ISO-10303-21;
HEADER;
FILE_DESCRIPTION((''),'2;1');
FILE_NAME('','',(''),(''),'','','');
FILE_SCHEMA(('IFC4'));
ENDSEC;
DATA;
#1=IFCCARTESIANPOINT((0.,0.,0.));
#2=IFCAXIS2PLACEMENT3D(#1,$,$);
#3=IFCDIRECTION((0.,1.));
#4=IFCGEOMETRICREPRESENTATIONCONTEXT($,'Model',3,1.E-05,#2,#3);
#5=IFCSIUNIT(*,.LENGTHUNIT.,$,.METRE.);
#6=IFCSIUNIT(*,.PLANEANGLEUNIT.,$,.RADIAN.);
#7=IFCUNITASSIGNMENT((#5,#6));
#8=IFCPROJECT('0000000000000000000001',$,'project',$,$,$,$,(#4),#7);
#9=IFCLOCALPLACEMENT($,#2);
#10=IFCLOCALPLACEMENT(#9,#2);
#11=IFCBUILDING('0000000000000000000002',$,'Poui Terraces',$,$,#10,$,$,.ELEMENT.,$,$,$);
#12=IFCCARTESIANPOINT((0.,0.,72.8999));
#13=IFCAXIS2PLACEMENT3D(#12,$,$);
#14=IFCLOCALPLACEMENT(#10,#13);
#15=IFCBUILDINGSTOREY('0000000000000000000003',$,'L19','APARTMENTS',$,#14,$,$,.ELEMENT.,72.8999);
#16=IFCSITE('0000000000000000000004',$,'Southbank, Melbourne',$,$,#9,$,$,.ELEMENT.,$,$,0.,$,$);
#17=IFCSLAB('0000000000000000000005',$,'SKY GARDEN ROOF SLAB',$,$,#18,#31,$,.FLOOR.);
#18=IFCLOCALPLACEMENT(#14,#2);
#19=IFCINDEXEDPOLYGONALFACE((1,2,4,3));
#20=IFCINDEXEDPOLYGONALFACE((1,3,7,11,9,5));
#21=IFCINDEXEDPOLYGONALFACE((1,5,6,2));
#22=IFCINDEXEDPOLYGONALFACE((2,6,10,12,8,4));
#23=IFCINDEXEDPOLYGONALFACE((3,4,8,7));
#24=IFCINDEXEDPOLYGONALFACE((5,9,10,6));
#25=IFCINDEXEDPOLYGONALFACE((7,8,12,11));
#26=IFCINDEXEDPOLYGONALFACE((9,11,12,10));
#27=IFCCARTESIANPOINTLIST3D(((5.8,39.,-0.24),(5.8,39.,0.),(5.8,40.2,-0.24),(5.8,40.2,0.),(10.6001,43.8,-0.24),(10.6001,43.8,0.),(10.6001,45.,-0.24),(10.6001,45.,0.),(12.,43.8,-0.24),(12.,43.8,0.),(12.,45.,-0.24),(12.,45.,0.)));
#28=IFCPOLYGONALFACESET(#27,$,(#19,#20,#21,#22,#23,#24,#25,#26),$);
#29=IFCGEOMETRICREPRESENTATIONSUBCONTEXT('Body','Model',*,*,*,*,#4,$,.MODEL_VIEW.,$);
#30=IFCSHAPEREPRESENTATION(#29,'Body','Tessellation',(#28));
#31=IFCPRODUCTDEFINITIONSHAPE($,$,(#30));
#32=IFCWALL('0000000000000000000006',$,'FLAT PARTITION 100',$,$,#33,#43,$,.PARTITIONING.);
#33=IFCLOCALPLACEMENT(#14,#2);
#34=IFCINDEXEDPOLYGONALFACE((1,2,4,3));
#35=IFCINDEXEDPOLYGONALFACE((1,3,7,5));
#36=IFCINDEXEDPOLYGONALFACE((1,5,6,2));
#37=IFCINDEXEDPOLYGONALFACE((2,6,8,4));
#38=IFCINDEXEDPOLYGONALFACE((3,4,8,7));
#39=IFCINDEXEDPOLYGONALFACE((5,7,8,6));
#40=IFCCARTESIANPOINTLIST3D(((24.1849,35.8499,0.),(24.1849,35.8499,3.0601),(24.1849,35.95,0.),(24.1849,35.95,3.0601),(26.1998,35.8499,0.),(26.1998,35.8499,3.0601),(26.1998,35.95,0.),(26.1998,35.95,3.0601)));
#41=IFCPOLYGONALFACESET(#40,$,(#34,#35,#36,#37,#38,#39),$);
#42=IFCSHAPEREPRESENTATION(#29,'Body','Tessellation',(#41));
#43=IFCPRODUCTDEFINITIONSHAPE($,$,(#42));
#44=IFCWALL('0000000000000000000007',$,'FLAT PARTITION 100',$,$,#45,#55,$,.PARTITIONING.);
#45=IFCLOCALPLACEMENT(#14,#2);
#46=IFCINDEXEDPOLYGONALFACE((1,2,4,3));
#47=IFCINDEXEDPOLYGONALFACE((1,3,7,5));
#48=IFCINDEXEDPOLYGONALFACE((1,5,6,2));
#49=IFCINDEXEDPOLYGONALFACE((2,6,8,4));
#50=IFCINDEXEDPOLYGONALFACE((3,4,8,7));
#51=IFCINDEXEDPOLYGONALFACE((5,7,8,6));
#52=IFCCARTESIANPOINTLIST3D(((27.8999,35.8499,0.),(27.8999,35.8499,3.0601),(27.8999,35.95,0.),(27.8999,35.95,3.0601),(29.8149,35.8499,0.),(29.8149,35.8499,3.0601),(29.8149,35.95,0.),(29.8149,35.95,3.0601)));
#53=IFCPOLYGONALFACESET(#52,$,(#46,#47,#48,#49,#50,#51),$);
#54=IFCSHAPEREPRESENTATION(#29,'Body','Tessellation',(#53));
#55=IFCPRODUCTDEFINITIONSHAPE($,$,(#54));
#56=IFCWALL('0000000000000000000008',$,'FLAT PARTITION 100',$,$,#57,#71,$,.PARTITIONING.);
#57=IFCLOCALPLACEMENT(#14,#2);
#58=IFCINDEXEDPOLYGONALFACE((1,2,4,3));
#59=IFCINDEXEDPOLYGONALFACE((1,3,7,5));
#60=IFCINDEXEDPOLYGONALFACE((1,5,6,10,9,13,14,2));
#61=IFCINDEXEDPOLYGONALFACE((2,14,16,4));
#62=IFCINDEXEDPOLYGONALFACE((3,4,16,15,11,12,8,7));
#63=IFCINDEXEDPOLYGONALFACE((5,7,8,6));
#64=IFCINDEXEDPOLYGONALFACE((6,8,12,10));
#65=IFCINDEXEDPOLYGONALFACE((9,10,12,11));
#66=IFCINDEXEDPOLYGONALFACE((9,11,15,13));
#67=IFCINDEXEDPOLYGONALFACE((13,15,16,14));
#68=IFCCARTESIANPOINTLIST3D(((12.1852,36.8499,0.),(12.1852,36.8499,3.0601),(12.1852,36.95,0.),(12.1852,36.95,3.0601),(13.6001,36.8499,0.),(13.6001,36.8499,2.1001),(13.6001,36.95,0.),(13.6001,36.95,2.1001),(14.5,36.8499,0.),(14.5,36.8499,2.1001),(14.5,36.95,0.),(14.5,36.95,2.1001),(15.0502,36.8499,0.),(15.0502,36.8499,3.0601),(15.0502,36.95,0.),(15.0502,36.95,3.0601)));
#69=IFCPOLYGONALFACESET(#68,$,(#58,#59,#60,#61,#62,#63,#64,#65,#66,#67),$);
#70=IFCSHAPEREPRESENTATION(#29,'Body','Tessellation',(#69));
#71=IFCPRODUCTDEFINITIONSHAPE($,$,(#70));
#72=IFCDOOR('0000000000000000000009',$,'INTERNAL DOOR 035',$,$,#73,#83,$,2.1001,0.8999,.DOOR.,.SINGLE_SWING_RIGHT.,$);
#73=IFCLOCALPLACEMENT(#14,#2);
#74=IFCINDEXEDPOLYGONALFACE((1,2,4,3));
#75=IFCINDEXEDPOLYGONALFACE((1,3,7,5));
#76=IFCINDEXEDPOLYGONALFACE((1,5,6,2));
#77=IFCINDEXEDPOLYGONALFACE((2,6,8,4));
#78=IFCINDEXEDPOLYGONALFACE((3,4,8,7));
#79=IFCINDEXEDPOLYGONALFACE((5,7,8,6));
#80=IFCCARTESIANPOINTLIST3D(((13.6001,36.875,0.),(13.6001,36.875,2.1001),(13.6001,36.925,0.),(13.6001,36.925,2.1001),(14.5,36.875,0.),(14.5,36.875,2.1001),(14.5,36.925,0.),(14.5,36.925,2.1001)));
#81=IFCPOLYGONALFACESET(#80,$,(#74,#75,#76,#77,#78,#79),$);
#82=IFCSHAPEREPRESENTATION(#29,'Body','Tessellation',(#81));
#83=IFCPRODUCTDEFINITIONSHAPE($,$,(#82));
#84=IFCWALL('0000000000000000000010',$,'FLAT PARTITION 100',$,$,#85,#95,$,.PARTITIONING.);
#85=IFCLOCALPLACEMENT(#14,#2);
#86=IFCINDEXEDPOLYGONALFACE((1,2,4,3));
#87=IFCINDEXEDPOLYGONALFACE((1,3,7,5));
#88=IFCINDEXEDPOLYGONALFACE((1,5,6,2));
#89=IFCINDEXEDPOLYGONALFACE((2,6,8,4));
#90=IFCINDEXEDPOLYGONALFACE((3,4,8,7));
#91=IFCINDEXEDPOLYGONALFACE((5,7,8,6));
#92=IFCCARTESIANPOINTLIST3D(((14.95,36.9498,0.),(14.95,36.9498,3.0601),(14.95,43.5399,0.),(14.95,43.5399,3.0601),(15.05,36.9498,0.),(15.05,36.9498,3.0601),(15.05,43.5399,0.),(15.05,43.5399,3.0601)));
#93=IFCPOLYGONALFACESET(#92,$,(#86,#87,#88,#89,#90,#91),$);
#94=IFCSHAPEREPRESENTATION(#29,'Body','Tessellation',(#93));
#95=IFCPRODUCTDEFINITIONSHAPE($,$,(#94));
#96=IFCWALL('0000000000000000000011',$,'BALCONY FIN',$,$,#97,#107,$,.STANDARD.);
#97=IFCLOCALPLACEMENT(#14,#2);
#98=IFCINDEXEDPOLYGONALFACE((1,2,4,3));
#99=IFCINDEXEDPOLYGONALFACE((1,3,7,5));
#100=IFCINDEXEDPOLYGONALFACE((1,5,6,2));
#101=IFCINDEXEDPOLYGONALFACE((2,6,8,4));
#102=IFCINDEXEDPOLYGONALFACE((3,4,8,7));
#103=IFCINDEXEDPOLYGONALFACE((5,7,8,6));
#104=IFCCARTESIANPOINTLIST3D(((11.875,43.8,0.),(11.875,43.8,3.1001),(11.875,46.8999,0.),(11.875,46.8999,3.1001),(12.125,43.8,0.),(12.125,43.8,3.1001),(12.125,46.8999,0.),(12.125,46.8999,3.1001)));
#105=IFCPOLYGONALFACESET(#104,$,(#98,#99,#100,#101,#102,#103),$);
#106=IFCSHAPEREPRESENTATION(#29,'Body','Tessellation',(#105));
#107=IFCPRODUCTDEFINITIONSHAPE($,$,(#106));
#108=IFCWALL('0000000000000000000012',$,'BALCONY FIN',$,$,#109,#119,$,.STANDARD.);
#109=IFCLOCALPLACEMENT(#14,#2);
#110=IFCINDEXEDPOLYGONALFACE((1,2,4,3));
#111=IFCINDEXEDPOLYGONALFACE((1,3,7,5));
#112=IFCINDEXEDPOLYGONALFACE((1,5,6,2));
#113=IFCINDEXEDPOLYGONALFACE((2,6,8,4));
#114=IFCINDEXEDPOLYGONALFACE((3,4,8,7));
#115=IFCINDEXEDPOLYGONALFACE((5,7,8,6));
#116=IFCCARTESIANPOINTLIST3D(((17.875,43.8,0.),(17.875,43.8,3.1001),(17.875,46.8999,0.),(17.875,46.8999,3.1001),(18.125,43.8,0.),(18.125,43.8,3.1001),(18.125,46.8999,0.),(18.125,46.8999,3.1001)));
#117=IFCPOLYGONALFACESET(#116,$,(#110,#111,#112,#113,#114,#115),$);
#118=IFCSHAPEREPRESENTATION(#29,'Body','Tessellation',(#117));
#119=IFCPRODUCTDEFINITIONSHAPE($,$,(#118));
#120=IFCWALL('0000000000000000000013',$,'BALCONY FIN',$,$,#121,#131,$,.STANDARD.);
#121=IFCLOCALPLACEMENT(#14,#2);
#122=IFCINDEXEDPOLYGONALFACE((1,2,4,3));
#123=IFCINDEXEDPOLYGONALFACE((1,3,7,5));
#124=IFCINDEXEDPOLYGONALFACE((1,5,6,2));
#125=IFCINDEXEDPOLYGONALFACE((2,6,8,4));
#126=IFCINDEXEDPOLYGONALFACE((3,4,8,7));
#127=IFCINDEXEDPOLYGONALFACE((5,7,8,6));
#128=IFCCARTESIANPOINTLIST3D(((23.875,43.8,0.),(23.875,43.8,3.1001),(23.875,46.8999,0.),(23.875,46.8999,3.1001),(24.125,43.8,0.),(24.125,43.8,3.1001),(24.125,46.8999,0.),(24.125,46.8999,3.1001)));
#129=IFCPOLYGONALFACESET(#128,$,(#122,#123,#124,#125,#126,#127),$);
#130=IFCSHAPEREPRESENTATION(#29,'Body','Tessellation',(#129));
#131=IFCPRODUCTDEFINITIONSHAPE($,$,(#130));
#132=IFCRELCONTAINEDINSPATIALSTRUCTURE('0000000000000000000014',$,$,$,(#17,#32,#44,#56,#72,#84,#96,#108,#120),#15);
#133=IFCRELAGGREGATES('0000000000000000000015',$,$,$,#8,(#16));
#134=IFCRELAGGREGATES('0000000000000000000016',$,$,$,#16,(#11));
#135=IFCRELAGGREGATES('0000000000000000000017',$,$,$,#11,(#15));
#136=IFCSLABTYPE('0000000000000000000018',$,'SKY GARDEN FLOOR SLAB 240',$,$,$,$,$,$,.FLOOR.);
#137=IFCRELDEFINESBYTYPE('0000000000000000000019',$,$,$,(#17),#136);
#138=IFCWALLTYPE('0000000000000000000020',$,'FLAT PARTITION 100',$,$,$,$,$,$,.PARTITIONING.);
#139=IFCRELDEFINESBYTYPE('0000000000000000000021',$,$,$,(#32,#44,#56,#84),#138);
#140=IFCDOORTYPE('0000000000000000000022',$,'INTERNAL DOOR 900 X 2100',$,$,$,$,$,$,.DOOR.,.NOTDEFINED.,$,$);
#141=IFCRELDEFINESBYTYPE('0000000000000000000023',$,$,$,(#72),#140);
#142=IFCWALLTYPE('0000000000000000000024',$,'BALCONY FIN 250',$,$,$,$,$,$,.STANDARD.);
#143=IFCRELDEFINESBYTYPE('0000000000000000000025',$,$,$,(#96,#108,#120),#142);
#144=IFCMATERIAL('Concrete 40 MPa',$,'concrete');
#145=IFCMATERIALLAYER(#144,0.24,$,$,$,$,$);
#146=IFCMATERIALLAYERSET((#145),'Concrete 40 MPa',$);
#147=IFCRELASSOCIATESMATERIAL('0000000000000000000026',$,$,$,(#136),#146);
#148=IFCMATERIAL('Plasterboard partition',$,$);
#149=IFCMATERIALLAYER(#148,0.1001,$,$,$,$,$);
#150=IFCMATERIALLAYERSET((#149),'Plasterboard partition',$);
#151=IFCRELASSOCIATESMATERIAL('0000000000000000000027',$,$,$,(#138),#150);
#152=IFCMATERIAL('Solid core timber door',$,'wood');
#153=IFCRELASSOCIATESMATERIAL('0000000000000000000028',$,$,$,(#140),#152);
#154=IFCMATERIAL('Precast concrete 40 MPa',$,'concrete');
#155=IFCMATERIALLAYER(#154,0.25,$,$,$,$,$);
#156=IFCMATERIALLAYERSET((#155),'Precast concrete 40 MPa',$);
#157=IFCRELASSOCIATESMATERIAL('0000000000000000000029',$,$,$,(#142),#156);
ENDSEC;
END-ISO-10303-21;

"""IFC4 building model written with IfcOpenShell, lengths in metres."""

from ifc_helpers import new_model, si_unit, direction, frame, frame_2d, origin, place, context, subcontext, project, spatial, polyline, rectangle, outline, extrude, source, transform, mapped, material, layer, layer_set, type_object, element, fill, save


model = new_model("IFC4")

# Units and contexts
model_context = context("Model", 3, precision=1e-05, world=origin(), true_north=direction((0.0, 1.0)))
body_context = subcontext(model_context, "Body", "Model", "MODEL_VIEW")
ifc_project = project(units=[si_unit("LENGTHUNIT", "METRE"), si_unit("PLANEANGLEUNIT", "RADIAN")], contexts=[model_context])

# Site, building, storey
site_placement = place(None, origin())
site = spatial("IfcSite", under=ifc_project, at=site_placement, Name="Southbank, Melbourne", CompositionType="ELEMENT", RefElevation=0.0)
building_placement = place(site_placement, origin())
building = spatial("IfcBuilding", under=site, at=building_placement, Name="Poui Terraces", CompositionType="ELEMENT")
storey_placement = place(building_placement, frame((0.0, 0.0, 72.8999)))
storey = spatial("IfcBuildingStorey", under=building, at=storey_placement, Name="L19", Description="APARTMENTS", CompositionType="ELEMENT", Elevation=72.8999)

# Slab
ifc_material_1 = material(Name="Concrete 40 MPa", Category="concrete")
ifc_layer_1 = layer(ifc_material_1, 0.24)
ifc_layer_set_1 = layer_set([ifc_layer_1], Name="Concrete 40 MPa")
slab_type = type_object("IfcSlabType", Name="SKY GARDEN FLOOR SLAB 240", PredefinedType="FLOOR", material=ifc_layer_set_1)
shared_shape_1 = source(origin(), body_context, "Body", "SweptSolid", [
    extrude(outline(polyline([(0.0, 0.0), (0.0, 1.2), (-1.3999, 1.2), (-6.2, -3.6001), (-6.2, -4.8), (-1.3999, 0.0), (0.0, 0.0)])), origin(), (0.0, 0.0, 1.0), 0.24),
])
slab_placement = place(storey_placement, frame((12.0, 43.8, -0.24)))
element("IfcSlab", 1, at=slab_placement, inside=storey, type_object=slab_type, Name="SKY GARDEN ROOF SLAB", PredefinedType="FLOOR", context=body_context, shape_type="MappedRepresentation", body=[
    mapped(shared_shape_1, transform((0.0, 0.0, 0.0))),
])

# Walls
ifc_material_2 = material(Name="Plasterboard partition")
ifc_layer_2 = layer(ifc_material_2, 0.1001)
ifc_layer_set_2 = layer_set([ifc_layer_2], Name="Plasterboard partition")
wall_type_1 = type_object("IfcWallType", Name="FLAT PARTITION 100", PredefinedType="PARTITIONING", material=ifc_layer_set_2)
wall_1_placement = place(storey_placement, frame((24.1851, 35.8999, 0.0), z_axis=(0.0, 0.0, 1.0), x_axis=(1.0, 0.0, 0.0)))
element("IfcWall", 2, at=wall_1_placement, inside=storey, type_object=wall_type_1, Name="FLAT PARTITION 100", PredefinedType="PARTITIONING", context=body_context, shape_type="SweptSolid", body=[
    extrude(rectangle(XDim=2.0149, YDim=0.1001, at=frame_2d((1.0073, 0.0))), origin(), (0.0, 0.0, 1.0), 3.0601),
])
wall_2_placement = place(storey_placement, frame((27.8999, 35.8999, 0.0), z_axis=(0.0, 0.0, 1.0), x_axis=(1.0, 0.0, 0.0)))
element("IfcWall", 3, at=wall_2_placement, inside=storey, type_object=wall_type_1, Name="FLAT PARTITION 100", PredefinedType="PARTITIONING", context=body_context, shape_type="SweptSolid", body=[
    extrude(rectangle(XDim=1.915, YDim=0.1001, at=frame_2d((0.9575, 0.0))), origin(), (0.0, 0.0, 1.0), 3.0601),
])

# Wall, opening, door
wall_3_placement = place(storey_placement, frame((12.1851, 36.8999, 0.0), z_axis=(0.0, 0.0, 1.0), x_axis=(1.0, 0.0, 0.0)))
wall_3 = element("IfcWall", 4, at=wall_3_placement, inside=storey, type_object=wall_type_1, Name="FLAT PARTITION 100", PredefinedType="PARTITIONING", context=body_context, shape_type="SweptSolid", body=[
    extrude(rectangle(XDim=2.865, YDim=0.1001, at=frame_2d((1.4326, 0.0))), origin(), (0.0, 0.0, 1.0), 3.0601),
])
opening_placement = place(wall_3_placement, frame((1.415, 0.0, 0.0)))
opening = element("IfcOpeningElement", 5, at=opening_placement, cuts=wall_3, PredefinedType="OPENING", context=body_context, shape_type="SweptSolid", body=[
    extrude(rectangle(XDim=0.8999, YDim=2.1001, at=frame_2d((0.45, 1.05))), frame((0.0, 0.0601, 0.0), z_axis=(0.0, -1.0, 0.0), x_axis=(1.0, 0.0, 0.0)), (0.0, 0.0, 1.0), 0.1201),
])
ifc_material_3 = material(Name="Solid core timber door", Category="wood")
door_type = type_object("IfcDoorType", Name="INTERNAL DOOR 900 X 2100", OperationType="NOTDEFINED", PredefinedType="DOOR", material=ifc_material_3)
door_placement = place(opening_placement, frame((0.8999, 0.0, 0.0), z_axis=(0.0, 0.0, 1.0), x_axis=(-1.0, 0.0, 0.0)))
door = element("IfcDoor", 6, at=door_placement, inside=storey, type_object=door_type, Name="INTERNAL DOOR 035", OperationType="SINGLE_SWING_RIGHT", OverallHeight=2.1001, OverallWidth=0.8999, PredefinedType="DOOR", context=body_context, shape_type="SweptSolid", body=[
    extrude(rectangle(XDim=0.8999, YDim=2.1001, at=frame_2d((0.45, 1.05))), frame((0.0, 0.0249, 0.0), z_axis=(0.0, -1.0, 0.0), x_axis=(1.0, 0.0, 0.0)), (0.0, 0.0, 1.0), 0.05),
])
fill(opening, door)

# Walls
wall_4_placement = place(storey_placement, frame((15.0, 36.95, 0.0), z_axis=(0.0, 0.0, 1.0), x_axis=(0.0, 1.0, 0.0)))
element("IfcWall", 7, at=wall_4_placement, inside=storey, type_object=wall_type_1, Name="FLAT PARTITION 100", PredefinedType="PARTITIONING", context=body_context, shape_type="SweptSolid", body=[
    extrude(rectangle(XDim=6.5901, YDim=0.1001, at=frame_2d((3.2949, 0.0))), origin(), (0.0, 0.0, 1.0), 3.0601),
])
ifc_material_4 = material(Name="Precast concrete 40 MPa", Category="concrete")
ifc_layer_3 = layer(ifc_material_4, 0.25)
ifc_layer_set_3 = layer_set([ifc_layer_3], Name="Precast concrete 40 MPa")
wall_type_2 = type_object("IfcWallType", Name="BALCONY FIN 250", PredefinedType="STANDARD", material=ifc_layer_set_3)
shared_shape_2 = source(origin(), body_context, "Body", "SweptSolid", [
    extrude(outline(polyline([(0.0, 0.0), (0.25, 0.0), (0.25, 3.0999), (0.0, 3.0999), (0.0, 0.0)])), origin(), (0.0, 0.0, 1.0), 3.1001),
])
for number, where, name in (
    (8, (11.875, 43.8, 0.0), "BALCONY FIN"),
    (9, (17.875, 43.8, 0.0), "BALCONY FIN"),
    (10, (23.875, 43.8, 0.0), "BALCONY FIN"),
):
    element("IfcWall", number, at=place(storey_placement, frame(where)), inside=storey, type_object=wall_type_2, Name=name, PredefinedType="STANDARD", context=body_context, shape_type="MappedRepresentation", body=[
        mapped(shared_shape_2, transform((0.0, 0.0, 0.0))),
    ])

save(model, "model.ifc")
